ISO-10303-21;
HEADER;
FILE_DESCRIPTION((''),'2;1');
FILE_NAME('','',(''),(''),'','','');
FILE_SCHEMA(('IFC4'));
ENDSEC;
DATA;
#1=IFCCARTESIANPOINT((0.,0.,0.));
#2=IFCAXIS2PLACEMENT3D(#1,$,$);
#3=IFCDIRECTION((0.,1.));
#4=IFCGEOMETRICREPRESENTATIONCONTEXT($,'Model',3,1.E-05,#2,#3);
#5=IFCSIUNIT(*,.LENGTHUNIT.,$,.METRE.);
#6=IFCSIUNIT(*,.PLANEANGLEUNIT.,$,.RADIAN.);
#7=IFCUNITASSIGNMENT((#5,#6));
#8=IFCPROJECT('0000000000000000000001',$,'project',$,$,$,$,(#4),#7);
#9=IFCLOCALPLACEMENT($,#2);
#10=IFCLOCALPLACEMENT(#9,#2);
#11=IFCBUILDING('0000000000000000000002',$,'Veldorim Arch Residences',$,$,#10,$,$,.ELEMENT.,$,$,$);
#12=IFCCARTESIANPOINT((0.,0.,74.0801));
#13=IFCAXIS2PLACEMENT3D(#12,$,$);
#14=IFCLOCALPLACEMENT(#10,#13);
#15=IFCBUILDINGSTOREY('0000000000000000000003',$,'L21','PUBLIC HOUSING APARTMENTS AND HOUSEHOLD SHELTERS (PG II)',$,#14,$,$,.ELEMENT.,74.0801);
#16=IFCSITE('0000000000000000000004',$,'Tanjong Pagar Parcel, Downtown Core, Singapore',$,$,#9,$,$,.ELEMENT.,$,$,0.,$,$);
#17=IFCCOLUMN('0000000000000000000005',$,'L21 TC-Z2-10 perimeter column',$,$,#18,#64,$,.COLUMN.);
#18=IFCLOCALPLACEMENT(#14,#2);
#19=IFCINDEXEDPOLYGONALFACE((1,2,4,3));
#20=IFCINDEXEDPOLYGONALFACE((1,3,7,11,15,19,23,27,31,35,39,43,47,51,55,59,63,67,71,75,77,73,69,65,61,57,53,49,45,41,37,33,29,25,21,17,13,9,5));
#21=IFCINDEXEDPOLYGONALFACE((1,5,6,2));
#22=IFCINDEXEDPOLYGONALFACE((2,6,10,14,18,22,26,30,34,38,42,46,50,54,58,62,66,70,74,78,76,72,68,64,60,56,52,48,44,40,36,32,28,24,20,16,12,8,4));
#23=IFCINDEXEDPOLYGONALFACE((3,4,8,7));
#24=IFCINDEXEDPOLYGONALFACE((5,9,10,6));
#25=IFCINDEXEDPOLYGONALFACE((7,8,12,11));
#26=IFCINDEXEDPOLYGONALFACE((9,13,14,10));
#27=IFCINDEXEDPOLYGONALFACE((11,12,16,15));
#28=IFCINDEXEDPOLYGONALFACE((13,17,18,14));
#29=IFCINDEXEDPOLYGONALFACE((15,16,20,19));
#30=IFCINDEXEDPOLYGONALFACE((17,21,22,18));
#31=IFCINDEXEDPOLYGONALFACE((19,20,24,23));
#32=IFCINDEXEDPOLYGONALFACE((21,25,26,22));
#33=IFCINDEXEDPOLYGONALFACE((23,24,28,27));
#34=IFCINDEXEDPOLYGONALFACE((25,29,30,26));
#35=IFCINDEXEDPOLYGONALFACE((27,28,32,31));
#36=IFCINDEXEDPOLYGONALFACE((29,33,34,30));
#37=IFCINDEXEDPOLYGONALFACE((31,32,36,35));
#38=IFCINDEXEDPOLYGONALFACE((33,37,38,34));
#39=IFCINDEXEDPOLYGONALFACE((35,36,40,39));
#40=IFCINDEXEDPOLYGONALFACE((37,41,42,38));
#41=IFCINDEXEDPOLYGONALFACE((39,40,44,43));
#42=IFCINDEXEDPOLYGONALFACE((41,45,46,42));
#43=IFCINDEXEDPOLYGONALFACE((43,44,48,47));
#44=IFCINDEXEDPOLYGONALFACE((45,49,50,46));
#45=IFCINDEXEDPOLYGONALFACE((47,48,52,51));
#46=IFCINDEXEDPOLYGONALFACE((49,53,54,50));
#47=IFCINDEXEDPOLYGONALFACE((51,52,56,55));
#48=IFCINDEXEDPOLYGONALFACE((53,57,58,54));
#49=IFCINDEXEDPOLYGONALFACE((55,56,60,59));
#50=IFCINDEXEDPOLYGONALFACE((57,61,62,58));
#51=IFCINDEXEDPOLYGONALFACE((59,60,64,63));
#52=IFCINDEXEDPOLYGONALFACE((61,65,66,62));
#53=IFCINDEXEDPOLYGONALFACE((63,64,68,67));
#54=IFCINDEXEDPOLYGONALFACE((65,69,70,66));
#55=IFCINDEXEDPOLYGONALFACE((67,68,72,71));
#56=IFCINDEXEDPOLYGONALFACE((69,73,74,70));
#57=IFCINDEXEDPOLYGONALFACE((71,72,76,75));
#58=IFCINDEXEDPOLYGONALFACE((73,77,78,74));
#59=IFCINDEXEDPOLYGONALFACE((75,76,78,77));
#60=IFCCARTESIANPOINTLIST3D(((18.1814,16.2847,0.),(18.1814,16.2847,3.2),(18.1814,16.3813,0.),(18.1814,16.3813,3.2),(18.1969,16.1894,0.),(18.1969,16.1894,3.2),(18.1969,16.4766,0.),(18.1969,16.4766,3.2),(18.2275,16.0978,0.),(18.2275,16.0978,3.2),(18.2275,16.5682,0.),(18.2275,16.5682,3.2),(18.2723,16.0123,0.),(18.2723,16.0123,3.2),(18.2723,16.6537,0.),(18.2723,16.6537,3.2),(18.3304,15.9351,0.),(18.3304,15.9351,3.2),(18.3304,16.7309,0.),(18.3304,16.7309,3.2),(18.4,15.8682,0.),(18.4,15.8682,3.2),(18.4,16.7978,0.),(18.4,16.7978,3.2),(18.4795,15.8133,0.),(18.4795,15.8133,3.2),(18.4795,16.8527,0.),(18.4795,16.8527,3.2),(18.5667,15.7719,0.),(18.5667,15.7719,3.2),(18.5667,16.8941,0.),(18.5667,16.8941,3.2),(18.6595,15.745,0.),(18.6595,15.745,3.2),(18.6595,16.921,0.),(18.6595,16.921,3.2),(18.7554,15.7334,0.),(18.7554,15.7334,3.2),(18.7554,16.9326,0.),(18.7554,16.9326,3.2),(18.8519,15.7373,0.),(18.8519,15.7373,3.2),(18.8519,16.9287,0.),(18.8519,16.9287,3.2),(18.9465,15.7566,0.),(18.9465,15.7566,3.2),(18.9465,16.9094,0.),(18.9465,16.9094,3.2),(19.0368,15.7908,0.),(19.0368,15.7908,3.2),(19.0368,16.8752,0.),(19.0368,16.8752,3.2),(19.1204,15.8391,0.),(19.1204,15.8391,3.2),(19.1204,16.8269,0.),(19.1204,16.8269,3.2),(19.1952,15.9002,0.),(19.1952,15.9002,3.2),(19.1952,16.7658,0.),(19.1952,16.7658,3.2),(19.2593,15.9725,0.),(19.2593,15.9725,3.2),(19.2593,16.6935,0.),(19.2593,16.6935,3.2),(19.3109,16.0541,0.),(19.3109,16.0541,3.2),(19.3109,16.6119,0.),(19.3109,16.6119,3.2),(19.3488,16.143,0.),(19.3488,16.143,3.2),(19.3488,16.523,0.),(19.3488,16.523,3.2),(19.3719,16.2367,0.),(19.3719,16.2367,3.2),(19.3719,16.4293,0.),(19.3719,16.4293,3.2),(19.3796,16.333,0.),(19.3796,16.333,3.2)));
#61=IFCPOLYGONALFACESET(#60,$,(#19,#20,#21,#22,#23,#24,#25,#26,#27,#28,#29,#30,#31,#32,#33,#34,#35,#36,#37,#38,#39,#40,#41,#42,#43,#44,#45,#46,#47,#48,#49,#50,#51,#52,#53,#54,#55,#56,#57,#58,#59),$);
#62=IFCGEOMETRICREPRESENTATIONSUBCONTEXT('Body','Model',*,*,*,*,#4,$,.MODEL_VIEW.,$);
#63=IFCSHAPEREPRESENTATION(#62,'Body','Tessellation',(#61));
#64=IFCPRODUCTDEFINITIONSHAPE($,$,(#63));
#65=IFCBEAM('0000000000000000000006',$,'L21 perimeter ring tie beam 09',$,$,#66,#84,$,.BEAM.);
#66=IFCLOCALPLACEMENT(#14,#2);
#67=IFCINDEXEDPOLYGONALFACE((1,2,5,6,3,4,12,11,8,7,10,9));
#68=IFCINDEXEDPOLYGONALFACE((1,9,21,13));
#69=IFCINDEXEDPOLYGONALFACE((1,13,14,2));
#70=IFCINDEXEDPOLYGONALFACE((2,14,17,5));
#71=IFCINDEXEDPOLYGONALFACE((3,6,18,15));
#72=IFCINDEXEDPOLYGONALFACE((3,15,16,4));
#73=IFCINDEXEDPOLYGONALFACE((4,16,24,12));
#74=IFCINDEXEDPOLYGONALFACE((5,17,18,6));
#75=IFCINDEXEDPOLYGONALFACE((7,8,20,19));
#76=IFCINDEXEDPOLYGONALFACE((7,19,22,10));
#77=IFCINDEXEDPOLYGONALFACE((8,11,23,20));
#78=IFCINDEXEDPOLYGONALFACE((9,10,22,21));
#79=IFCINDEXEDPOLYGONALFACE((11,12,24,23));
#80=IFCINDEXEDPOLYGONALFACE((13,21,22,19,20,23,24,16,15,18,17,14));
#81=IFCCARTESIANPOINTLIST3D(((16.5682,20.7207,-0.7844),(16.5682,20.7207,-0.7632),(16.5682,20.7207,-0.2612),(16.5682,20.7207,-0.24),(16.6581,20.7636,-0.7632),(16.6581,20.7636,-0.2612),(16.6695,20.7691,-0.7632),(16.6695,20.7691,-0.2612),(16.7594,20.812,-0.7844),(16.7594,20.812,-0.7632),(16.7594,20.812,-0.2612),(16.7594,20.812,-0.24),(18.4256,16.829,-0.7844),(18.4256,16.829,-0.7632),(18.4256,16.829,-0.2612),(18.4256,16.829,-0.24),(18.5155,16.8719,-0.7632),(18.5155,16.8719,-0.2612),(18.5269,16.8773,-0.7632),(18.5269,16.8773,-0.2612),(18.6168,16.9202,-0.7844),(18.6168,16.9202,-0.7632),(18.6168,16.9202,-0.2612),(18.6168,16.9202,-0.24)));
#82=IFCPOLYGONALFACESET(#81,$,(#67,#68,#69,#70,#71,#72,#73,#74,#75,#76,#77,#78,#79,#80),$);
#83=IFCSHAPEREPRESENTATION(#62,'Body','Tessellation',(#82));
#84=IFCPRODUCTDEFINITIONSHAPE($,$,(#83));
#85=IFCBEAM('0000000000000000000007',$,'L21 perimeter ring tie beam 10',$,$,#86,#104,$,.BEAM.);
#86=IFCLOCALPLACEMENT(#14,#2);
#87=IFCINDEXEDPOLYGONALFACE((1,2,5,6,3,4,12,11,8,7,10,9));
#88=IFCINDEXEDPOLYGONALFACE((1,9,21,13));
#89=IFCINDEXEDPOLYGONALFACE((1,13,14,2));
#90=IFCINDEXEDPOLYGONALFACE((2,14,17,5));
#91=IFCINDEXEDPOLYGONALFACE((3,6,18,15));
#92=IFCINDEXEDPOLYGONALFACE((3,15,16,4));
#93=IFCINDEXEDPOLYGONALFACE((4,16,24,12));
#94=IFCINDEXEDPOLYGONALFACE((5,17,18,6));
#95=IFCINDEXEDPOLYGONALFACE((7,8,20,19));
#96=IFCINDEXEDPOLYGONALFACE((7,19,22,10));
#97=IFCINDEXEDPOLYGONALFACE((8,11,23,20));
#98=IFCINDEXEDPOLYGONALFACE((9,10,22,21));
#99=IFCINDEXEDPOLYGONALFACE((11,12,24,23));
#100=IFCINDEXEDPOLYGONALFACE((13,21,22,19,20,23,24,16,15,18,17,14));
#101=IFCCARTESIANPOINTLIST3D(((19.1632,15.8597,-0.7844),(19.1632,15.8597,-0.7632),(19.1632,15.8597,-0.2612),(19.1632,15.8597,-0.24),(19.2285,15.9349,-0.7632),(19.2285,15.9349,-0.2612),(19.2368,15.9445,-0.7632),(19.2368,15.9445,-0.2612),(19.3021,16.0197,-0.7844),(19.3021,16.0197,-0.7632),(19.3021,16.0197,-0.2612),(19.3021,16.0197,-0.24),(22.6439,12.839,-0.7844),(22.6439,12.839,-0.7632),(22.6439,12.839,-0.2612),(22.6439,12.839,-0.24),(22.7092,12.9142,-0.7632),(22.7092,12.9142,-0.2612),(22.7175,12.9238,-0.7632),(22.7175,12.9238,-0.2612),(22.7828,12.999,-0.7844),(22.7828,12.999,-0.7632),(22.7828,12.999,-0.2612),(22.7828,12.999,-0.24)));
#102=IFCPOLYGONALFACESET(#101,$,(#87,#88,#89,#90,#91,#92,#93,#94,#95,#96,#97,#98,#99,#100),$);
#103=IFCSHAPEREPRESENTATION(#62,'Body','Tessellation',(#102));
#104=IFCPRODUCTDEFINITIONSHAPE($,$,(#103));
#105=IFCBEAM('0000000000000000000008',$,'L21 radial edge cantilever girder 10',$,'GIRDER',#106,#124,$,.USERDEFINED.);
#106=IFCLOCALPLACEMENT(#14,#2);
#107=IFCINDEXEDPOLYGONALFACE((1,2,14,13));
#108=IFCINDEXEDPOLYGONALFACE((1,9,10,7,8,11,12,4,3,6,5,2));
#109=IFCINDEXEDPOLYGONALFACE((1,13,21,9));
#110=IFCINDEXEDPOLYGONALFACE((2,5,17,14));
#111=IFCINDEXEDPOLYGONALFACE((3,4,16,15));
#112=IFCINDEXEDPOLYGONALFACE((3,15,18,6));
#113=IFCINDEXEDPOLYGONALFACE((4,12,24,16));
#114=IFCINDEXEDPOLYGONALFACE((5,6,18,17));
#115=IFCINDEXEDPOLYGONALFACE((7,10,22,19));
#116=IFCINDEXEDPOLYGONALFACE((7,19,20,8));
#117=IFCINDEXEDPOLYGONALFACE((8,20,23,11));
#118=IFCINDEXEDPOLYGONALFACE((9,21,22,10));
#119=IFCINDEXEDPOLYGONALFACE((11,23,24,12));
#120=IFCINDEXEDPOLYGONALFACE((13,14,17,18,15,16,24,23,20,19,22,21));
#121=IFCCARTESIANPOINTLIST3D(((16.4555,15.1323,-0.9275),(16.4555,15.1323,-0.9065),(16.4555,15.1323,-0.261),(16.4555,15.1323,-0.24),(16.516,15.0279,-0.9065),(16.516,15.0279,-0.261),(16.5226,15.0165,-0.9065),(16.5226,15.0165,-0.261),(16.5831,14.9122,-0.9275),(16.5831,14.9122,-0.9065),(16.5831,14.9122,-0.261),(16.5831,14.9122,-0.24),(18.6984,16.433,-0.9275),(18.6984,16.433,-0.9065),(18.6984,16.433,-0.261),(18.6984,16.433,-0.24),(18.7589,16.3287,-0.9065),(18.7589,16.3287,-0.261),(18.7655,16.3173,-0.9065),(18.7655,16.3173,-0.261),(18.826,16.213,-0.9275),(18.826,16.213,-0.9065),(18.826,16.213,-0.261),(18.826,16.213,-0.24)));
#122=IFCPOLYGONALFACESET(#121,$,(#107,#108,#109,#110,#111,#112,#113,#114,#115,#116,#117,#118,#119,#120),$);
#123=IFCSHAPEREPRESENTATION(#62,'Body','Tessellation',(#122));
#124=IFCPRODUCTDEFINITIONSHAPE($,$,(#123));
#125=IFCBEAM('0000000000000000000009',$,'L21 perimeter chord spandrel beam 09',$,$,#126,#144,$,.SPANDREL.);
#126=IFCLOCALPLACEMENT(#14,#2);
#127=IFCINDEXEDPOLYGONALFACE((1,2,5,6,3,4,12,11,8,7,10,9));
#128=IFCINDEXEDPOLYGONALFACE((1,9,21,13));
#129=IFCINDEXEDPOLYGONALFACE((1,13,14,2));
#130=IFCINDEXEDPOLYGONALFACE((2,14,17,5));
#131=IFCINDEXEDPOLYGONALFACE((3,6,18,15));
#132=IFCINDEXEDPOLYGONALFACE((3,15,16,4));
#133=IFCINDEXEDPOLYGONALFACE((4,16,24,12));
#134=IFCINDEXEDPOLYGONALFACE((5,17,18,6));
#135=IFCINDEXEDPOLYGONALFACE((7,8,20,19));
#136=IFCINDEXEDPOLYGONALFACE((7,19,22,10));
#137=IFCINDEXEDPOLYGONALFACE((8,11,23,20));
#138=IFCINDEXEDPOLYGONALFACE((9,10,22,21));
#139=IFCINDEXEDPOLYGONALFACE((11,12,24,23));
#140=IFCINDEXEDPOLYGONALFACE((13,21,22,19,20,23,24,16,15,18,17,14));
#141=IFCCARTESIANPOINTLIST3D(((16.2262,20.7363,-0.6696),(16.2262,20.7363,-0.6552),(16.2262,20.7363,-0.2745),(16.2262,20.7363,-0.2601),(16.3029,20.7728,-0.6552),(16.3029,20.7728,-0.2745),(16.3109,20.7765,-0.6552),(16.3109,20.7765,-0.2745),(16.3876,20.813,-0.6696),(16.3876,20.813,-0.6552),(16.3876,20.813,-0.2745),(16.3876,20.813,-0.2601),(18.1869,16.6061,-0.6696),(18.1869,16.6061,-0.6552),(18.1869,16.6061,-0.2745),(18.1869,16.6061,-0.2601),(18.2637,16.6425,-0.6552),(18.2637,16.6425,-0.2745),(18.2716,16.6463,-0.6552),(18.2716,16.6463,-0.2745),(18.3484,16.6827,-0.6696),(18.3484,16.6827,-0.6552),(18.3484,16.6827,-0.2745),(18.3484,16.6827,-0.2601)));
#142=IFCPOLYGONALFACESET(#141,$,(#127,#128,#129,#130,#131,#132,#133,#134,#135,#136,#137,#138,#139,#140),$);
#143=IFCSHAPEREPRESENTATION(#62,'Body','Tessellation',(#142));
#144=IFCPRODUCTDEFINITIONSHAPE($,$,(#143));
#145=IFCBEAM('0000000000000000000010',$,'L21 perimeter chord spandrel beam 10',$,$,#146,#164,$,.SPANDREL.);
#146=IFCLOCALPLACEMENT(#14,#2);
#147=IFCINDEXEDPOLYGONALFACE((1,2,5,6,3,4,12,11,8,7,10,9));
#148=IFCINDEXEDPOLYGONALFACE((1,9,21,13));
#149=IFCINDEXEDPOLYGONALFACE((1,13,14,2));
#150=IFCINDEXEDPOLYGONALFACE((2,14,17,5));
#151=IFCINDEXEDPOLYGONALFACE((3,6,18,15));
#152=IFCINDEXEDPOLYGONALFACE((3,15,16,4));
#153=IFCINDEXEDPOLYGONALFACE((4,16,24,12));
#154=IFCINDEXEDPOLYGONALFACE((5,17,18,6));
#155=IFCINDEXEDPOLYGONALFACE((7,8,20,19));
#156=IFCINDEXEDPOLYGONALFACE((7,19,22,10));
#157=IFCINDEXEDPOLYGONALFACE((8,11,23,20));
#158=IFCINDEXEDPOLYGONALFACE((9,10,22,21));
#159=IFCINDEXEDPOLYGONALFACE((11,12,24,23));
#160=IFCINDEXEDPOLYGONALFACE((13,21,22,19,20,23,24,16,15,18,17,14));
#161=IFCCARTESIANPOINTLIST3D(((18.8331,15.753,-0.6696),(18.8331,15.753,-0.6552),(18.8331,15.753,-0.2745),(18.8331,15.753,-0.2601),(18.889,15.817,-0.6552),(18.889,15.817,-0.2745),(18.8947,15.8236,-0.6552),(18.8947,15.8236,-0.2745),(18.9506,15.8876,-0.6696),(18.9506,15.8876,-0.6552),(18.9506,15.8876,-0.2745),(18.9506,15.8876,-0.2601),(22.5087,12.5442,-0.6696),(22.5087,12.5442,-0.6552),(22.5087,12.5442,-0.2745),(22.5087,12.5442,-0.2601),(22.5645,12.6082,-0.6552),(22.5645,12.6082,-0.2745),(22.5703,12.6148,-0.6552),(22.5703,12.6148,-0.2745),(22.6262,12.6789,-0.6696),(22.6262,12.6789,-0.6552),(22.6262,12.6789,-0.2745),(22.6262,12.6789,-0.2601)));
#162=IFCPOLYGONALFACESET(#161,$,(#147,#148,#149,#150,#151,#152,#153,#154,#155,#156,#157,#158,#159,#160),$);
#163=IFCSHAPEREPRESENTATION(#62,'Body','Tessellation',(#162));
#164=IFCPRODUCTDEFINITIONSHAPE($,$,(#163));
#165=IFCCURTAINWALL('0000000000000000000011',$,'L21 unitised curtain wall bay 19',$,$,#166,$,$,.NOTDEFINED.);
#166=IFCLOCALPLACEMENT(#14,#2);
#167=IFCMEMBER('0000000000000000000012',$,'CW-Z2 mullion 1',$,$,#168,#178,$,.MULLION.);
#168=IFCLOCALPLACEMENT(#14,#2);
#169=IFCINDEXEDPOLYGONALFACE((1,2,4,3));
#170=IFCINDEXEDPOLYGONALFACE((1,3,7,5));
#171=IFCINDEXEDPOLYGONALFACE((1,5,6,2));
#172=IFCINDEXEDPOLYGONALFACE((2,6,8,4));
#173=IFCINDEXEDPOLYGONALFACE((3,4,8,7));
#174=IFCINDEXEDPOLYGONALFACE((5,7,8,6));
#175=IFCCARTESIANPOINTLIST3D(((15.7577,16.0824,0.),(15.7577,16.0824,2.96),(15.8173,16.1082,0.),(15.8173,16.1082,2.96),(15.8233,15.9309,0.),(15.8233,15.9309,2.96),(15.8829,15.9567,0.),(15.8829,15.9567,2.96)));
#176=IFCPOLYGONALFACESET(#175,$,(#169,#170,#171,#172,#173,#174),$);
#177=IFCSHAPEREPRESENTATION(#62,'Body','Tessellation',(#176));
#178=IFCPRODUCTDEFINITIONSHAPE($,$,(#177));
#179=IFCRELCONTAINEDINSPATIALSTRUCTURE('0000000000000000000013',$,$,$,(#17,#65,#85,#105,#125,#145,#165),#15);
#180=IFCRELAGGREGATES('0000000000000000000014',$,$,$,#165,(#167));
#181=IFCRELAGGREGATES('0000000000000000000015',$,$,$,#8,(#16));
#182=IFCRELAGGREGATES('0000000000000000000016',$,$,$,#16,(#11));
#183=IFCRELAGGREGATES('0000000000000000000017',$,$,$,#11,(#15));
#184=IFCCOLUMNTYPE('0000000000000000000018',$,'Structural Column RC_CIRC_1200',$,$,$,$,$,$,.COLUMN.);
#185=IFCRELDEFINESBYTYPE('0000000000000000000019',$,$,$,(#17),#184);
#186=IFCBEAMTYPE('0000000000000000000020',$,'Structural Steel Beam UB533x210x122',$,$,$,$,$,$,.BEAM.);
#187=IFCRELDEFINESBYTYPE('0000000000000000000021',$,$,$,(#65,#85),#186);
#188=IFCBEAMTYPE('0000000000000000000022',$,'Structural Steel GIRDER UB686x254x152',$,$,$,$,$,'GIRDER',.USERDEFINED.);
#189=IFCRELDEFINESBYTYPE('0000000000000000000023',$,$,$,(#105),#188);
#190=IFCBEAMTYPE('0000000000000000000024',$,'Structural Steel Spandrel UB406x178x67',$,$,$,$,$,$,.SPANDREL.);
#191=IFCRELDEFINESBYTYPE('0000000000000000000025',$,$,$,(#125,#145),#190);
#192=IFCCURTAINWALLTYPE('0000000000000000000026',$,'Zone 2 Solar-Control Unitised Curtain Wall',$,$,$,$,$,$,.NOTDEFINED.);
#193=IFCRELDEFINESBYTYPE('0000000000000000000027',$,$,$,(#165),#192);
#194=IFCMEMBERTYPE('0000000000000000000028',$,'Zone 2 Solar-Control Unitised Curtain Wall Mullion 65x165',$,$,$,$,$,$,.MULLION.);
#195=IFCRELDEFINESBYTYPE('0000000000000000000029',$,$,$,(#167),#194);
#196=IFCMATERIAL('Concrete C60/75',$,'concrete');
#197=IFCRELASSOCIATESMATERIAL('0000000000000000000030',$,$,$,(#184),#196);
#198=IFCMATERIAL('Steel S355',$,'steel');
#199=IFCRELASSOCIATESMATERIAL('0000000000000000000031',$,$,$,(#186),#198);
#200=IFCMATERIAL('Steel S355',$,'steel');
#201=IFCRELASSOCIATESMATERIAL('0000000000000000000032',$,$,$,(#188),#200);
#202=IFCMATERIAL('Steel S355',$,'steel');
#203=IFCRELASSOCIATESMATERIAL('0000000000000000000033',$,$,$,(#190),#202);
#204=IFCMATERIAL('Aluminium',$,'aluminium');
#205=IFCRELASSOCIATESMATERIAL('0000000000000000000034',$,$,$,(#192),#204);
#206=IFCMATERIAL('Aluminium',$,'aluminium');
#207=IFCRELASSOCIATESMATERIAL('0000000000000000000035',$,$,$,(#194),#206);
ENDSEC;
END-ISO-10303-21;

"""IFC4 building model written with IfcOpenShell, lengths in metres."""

from ifc_helpers import new_model, si_unit, direction, frame, origin, origin_2d, place, context, subcontext, project, spatial, rectangle, circle, i_section, extrude, material, material_profile, profile_set, type_object, element, aggregate, save


model = new_model("IFC4")

# Units and contexts
model_context = context("Model", 3, precision=1e-05, world=origin(), true_north=direction((0.0, 1.0)))
body_context = subcontext(model_context, "Body", "Model", "MODEL_VIEW")
ifc_project = project(units=[si_unit("LENGTHUNIT", "METRE"), si_unit("PLANEANGLEUNIT", "RADIAN")], contexts=[model_context])

# Site, building, storey
site_placement = place(None, origin())
site = spatial("IfcSite", under=ifc_project, at=site_placement, Name="Tanjong Pagar Parcel, Downtown Core, Singapore", CompositionType="ELEMENT", RefElevation=0.0)
building_placement = place(site_placement, origin())
building = spatial("IfcBuilding", under=site, at=building_placement, Name="Veldorim Arch Residences", CompositionType="ELEMENT")
storey_placement = place(building_placement, frame((0.0, 0.0, 74.0801)))
storey = spatial("IfcBuildingStorey", under=building, at=storey_placement, Name="L21", Description="PUBLIC HOUSING APARTMENTS AND HOUSEHOLD SHELTERS (PG II)", CompositionType="ELEMENT", Elevation=74.0801)

# Column
ifc_material_1 = material(Name="Concrete C60/75", Category="concrete")
ifc_material_profile_1 = material_profile(ifc_material_1, circle(Radius=0.6001, at=origin_2d()), Name="RC_CIRC_1200")
ifc_profile_set_1 = profile_set([ifc_material_profile_1], Name="Concrete C60/75")
column_type = type_object("IfcColumnType", Name="Structural Column RC_CIRC_1200", PredefinedType="COLUMN", material=ifc_profile_set_1)
column_placement = place(storey_placement, frame((18.7795, 16.333, 0.0), z_axis=(0.0, 0.0, 1.0), x_axis=(1.0, 0.0, 0.0)))
element("IfcColumn", 1, at=column_placement, inside=storey, type_object=column_type, Name="L21 TC-Z2-10 perimeter column", PredefinedType="COLUMN", context=body_context, shape_type="SweptSolid", body=[
    extrude(circle(Radius=0.6001, at=origin_2d()), origin(), (0.0, 0.0, 1.0), 3.2),
])

# Beams
ifc_material_2 = material(Name="Steel S355", Category="steel")
ifc_material_profile_2 = material_profile(ifc_material_2, i_section(OverallWidth=0.2119, OverallDepth=0.5444, WebThickness=0.0127, FlangeThickness=0.0212, at=origin_2d()), Name="UB533x210x122")
ifc_profile_set_2 = profile_set([ifc_material_profile_2], Name="Steel S355")
beam_type_1 = type_object("IfcBeamType", Name="Structural Steel Beam UB533x210x122", PredefinedType="BEAM", material=ifc_profile_set_2)
beam_1_placement = place(storey_placement, frame((16.6638, 20.7664, -0.5122), z_axis=(0.43072, -0.902486, 0.0), x_axis=(0.902486, 0.43072, 0.0)))
element("IfcBeam", 2, at=beam_1_placement, inside=storey, type_object=beam_type_1, Name="L21 perimeter ring tie beam 09", PredefinedType="BEAM", context=body_context, shape_type="SweptSolid", body=[
    extrude(i_section(OverallWidth=0.2119, OverallDepth=0.5444, WebThickness=0.0127, FlangeThickness=0.0212, at=origin_2d()), origin(), (0.0, 0.0, 1.0), 4.3123),
])
beam_2_placement = place(storey_placement, frame((19.2327, 15.9397, -0.5122), z_axis=(0.755245, -0.655443, 0.0), x_axis=(0.655443, 0.755245, 0.0)))
element("IfcBeam", 3, at=beam_2_placement, inside=storey, type_object=beam_type_1, Name="L21 perimeter ring tie beam 10", PredefinedType="BEAM", context=body_context, shape_type="SweptSolid", body=[
    extrude(i_section(OverallWidth=0.2119, OverallDepth=0.5444, WebThickness=0.0127, FlangeThickness=0.0212, at=origin_2d()), origin(), (0.0, 0.0, 1.0), 4.6086),
])
ifc_material_3 = material(Name="Steel S355", Category="steel")
ifc_material_profile_3 = material_profile(ifc_material_3, i_section(OverallWidth=0.2544, OverallDepth=0.6875, WebThickness=0.0132, FlangeThickness=0.021, at=origin_2d()), Name="UB686x254x152")
ifc_profile_set_3 = profile_set([ifc_material_profile_3], Name="Steel S355")
beam_type_2 = type_object("IfcBeamType", Name="Structural Steel GIRDER UB686x254x152", ElementType="GIRDER", PredefinedType="USERDEFINED", material=ifc_profile_set_3)
beam_3_placement = place(storey_placement, frame((18.7622, 16.323, -0.5837), z_axis=(-0.86505, -0.501686, 0.0), x_axis=(0.501686, -0.86505, 0.0)))
element("IfcBeam", 4, at=beam_3_placement, inside=storey, type_object=beam_type_2, Name="L21 radial edge cantilever girder 10", ObjectType="GIRDER", PredefinedType="USERDEFINED", context=body_context, shape_type="SweptSolid", body=[
    extrude(i_section(OverallWidth=0.2544, OverallDepth=0.6875, WebThickness=0.0132, FlangeThickness=0.021, at=origin_2d()), origin(), (0.0, 0.0, 1.0), 2.5928),
])
ifc_material_4 = material(Name="Steel S355", Category="steel")
ifc_material_profile_4 = material_profile(ifc_material_4, i_section(OverallWidth=0.1787, OverallDepth=0.4094, WebThickness=0.0088, FlangeThickness=0.0144, at=origin_2d()), Name="UB406x178x67")
ifc_profile_set_4 = profile_set([ifc_material_profile_4], Name="Steel S355")
beam_type_3 = type_object("IfcBeamType", Name="Structural Steel Spandrel UB406x178x67", PredefinedType="SPANDREL", material=ifc_profile_set_4)
beam_4_placement = place(storey_placement, frame((16.3069, 20.7747, -0.4648), z_axis=(0.428857, -0.903372, 0.0), x_axis=(0.903372, 0.428857, 0.0)))
element("IfcBeam", 5, at=beam_4_placement, inside=storey, type_object=beam_type_3, Name="L21 perimeter chord spandrel beam 09", PredefinedType="SPANDREL", context=body_context, shape_type="SweptSolid", body=[
    extrude(i_section(OverallWidth=0.1787, OverallDepth=0.4094, WebThickness=0.0088, FlangeThickness=0.0144, at=origin_2d()), origin(), (0.0, 0.0, 1.0), 4.572),
])
beam_5_placement = place(storey_placement, frame((18.8918, 15.8203, -0.4648), z_axis=(0.753323, -0.65765, 0.0), x_axis=(0.65765, 0.753323, 0.0)))
element("IfcBeam", 6, at=beam_5_placement, inside=storey, type_object=beam_type_3, Name="L21 perimeter chord spandrel beam 10", PredefinedType="SPANDREL", context=body_context, shape_type="SweptSolid", body=[
    extrude(i_section(OverallWidth=0.1787, OverallDepth=0.4094, WebThickness=0.0088, FlangeThickness=0.0144, at=origin_2d()), origin(), (0.0, 0.0, 1.0), 4.8792),
])

# Curtain wall, member
ifc_material_5 = material(Name="Aluminium", Category="aluminium")
curtain_wall_type = type_object("IfcCurtainWallType", Name="Zone 2 Solar-Control Unitised Curtain Wall", PredefinedType="NOTDEFINED", material=ifc_material_5)
curtain_wall_1_placement = place(storey_placement, origin())
curtain_wall_1 = element("IfcCurtainWall", 7, at=curtain_wall_1_placement, inside=storey, type_object=curtain_wall_type, Name="L21 unitised curtain wall bay 19", PredefinedType="NOTDEFINED")
ifc_material_6 = material(Name="Aluminium", Category="aluminium")
ifc_material_profile_5 = material_profile(ifc_material_6, rectangle(XDim=0.0649, YDim=0.165, at=origin_2d()), Name="ALU_MUL_65x165")
ifc_profile_set_5 = profile_set([ifc_material_profile_5], Name="Aluminium")
member_type_1 = type_object("IfcMemberType", Name="Zone 2 Solar-Control Unitised Curtain Wall Mullion 65x165", PredefinedType="MULLION", material=ifc_profile_set_5)
member_1_placement = place(storey_placement, frame((15.8203, 16.0195, 0.0), z_axis=(0.0, 0.0, 1.0), x_axis=(-0.917797, -0.397051, 0.0)))
member_1 = element("IfcMember", 8, at=member_1_placement, type_object=member_type_1, Name="CW-Z2 mullion 1", PredefinedType="MULLION", context=body_context, shape_type="SweptSolid", body=[
    extrude(rectangle(XDim=0.0649, YDim=0.165, at=origin_2d()), origin(), (0.0, 0.0, 1.0), 2.96),
])

aggregate(curtain_wall_1, [member_1])

save(model, "model.ifc")
